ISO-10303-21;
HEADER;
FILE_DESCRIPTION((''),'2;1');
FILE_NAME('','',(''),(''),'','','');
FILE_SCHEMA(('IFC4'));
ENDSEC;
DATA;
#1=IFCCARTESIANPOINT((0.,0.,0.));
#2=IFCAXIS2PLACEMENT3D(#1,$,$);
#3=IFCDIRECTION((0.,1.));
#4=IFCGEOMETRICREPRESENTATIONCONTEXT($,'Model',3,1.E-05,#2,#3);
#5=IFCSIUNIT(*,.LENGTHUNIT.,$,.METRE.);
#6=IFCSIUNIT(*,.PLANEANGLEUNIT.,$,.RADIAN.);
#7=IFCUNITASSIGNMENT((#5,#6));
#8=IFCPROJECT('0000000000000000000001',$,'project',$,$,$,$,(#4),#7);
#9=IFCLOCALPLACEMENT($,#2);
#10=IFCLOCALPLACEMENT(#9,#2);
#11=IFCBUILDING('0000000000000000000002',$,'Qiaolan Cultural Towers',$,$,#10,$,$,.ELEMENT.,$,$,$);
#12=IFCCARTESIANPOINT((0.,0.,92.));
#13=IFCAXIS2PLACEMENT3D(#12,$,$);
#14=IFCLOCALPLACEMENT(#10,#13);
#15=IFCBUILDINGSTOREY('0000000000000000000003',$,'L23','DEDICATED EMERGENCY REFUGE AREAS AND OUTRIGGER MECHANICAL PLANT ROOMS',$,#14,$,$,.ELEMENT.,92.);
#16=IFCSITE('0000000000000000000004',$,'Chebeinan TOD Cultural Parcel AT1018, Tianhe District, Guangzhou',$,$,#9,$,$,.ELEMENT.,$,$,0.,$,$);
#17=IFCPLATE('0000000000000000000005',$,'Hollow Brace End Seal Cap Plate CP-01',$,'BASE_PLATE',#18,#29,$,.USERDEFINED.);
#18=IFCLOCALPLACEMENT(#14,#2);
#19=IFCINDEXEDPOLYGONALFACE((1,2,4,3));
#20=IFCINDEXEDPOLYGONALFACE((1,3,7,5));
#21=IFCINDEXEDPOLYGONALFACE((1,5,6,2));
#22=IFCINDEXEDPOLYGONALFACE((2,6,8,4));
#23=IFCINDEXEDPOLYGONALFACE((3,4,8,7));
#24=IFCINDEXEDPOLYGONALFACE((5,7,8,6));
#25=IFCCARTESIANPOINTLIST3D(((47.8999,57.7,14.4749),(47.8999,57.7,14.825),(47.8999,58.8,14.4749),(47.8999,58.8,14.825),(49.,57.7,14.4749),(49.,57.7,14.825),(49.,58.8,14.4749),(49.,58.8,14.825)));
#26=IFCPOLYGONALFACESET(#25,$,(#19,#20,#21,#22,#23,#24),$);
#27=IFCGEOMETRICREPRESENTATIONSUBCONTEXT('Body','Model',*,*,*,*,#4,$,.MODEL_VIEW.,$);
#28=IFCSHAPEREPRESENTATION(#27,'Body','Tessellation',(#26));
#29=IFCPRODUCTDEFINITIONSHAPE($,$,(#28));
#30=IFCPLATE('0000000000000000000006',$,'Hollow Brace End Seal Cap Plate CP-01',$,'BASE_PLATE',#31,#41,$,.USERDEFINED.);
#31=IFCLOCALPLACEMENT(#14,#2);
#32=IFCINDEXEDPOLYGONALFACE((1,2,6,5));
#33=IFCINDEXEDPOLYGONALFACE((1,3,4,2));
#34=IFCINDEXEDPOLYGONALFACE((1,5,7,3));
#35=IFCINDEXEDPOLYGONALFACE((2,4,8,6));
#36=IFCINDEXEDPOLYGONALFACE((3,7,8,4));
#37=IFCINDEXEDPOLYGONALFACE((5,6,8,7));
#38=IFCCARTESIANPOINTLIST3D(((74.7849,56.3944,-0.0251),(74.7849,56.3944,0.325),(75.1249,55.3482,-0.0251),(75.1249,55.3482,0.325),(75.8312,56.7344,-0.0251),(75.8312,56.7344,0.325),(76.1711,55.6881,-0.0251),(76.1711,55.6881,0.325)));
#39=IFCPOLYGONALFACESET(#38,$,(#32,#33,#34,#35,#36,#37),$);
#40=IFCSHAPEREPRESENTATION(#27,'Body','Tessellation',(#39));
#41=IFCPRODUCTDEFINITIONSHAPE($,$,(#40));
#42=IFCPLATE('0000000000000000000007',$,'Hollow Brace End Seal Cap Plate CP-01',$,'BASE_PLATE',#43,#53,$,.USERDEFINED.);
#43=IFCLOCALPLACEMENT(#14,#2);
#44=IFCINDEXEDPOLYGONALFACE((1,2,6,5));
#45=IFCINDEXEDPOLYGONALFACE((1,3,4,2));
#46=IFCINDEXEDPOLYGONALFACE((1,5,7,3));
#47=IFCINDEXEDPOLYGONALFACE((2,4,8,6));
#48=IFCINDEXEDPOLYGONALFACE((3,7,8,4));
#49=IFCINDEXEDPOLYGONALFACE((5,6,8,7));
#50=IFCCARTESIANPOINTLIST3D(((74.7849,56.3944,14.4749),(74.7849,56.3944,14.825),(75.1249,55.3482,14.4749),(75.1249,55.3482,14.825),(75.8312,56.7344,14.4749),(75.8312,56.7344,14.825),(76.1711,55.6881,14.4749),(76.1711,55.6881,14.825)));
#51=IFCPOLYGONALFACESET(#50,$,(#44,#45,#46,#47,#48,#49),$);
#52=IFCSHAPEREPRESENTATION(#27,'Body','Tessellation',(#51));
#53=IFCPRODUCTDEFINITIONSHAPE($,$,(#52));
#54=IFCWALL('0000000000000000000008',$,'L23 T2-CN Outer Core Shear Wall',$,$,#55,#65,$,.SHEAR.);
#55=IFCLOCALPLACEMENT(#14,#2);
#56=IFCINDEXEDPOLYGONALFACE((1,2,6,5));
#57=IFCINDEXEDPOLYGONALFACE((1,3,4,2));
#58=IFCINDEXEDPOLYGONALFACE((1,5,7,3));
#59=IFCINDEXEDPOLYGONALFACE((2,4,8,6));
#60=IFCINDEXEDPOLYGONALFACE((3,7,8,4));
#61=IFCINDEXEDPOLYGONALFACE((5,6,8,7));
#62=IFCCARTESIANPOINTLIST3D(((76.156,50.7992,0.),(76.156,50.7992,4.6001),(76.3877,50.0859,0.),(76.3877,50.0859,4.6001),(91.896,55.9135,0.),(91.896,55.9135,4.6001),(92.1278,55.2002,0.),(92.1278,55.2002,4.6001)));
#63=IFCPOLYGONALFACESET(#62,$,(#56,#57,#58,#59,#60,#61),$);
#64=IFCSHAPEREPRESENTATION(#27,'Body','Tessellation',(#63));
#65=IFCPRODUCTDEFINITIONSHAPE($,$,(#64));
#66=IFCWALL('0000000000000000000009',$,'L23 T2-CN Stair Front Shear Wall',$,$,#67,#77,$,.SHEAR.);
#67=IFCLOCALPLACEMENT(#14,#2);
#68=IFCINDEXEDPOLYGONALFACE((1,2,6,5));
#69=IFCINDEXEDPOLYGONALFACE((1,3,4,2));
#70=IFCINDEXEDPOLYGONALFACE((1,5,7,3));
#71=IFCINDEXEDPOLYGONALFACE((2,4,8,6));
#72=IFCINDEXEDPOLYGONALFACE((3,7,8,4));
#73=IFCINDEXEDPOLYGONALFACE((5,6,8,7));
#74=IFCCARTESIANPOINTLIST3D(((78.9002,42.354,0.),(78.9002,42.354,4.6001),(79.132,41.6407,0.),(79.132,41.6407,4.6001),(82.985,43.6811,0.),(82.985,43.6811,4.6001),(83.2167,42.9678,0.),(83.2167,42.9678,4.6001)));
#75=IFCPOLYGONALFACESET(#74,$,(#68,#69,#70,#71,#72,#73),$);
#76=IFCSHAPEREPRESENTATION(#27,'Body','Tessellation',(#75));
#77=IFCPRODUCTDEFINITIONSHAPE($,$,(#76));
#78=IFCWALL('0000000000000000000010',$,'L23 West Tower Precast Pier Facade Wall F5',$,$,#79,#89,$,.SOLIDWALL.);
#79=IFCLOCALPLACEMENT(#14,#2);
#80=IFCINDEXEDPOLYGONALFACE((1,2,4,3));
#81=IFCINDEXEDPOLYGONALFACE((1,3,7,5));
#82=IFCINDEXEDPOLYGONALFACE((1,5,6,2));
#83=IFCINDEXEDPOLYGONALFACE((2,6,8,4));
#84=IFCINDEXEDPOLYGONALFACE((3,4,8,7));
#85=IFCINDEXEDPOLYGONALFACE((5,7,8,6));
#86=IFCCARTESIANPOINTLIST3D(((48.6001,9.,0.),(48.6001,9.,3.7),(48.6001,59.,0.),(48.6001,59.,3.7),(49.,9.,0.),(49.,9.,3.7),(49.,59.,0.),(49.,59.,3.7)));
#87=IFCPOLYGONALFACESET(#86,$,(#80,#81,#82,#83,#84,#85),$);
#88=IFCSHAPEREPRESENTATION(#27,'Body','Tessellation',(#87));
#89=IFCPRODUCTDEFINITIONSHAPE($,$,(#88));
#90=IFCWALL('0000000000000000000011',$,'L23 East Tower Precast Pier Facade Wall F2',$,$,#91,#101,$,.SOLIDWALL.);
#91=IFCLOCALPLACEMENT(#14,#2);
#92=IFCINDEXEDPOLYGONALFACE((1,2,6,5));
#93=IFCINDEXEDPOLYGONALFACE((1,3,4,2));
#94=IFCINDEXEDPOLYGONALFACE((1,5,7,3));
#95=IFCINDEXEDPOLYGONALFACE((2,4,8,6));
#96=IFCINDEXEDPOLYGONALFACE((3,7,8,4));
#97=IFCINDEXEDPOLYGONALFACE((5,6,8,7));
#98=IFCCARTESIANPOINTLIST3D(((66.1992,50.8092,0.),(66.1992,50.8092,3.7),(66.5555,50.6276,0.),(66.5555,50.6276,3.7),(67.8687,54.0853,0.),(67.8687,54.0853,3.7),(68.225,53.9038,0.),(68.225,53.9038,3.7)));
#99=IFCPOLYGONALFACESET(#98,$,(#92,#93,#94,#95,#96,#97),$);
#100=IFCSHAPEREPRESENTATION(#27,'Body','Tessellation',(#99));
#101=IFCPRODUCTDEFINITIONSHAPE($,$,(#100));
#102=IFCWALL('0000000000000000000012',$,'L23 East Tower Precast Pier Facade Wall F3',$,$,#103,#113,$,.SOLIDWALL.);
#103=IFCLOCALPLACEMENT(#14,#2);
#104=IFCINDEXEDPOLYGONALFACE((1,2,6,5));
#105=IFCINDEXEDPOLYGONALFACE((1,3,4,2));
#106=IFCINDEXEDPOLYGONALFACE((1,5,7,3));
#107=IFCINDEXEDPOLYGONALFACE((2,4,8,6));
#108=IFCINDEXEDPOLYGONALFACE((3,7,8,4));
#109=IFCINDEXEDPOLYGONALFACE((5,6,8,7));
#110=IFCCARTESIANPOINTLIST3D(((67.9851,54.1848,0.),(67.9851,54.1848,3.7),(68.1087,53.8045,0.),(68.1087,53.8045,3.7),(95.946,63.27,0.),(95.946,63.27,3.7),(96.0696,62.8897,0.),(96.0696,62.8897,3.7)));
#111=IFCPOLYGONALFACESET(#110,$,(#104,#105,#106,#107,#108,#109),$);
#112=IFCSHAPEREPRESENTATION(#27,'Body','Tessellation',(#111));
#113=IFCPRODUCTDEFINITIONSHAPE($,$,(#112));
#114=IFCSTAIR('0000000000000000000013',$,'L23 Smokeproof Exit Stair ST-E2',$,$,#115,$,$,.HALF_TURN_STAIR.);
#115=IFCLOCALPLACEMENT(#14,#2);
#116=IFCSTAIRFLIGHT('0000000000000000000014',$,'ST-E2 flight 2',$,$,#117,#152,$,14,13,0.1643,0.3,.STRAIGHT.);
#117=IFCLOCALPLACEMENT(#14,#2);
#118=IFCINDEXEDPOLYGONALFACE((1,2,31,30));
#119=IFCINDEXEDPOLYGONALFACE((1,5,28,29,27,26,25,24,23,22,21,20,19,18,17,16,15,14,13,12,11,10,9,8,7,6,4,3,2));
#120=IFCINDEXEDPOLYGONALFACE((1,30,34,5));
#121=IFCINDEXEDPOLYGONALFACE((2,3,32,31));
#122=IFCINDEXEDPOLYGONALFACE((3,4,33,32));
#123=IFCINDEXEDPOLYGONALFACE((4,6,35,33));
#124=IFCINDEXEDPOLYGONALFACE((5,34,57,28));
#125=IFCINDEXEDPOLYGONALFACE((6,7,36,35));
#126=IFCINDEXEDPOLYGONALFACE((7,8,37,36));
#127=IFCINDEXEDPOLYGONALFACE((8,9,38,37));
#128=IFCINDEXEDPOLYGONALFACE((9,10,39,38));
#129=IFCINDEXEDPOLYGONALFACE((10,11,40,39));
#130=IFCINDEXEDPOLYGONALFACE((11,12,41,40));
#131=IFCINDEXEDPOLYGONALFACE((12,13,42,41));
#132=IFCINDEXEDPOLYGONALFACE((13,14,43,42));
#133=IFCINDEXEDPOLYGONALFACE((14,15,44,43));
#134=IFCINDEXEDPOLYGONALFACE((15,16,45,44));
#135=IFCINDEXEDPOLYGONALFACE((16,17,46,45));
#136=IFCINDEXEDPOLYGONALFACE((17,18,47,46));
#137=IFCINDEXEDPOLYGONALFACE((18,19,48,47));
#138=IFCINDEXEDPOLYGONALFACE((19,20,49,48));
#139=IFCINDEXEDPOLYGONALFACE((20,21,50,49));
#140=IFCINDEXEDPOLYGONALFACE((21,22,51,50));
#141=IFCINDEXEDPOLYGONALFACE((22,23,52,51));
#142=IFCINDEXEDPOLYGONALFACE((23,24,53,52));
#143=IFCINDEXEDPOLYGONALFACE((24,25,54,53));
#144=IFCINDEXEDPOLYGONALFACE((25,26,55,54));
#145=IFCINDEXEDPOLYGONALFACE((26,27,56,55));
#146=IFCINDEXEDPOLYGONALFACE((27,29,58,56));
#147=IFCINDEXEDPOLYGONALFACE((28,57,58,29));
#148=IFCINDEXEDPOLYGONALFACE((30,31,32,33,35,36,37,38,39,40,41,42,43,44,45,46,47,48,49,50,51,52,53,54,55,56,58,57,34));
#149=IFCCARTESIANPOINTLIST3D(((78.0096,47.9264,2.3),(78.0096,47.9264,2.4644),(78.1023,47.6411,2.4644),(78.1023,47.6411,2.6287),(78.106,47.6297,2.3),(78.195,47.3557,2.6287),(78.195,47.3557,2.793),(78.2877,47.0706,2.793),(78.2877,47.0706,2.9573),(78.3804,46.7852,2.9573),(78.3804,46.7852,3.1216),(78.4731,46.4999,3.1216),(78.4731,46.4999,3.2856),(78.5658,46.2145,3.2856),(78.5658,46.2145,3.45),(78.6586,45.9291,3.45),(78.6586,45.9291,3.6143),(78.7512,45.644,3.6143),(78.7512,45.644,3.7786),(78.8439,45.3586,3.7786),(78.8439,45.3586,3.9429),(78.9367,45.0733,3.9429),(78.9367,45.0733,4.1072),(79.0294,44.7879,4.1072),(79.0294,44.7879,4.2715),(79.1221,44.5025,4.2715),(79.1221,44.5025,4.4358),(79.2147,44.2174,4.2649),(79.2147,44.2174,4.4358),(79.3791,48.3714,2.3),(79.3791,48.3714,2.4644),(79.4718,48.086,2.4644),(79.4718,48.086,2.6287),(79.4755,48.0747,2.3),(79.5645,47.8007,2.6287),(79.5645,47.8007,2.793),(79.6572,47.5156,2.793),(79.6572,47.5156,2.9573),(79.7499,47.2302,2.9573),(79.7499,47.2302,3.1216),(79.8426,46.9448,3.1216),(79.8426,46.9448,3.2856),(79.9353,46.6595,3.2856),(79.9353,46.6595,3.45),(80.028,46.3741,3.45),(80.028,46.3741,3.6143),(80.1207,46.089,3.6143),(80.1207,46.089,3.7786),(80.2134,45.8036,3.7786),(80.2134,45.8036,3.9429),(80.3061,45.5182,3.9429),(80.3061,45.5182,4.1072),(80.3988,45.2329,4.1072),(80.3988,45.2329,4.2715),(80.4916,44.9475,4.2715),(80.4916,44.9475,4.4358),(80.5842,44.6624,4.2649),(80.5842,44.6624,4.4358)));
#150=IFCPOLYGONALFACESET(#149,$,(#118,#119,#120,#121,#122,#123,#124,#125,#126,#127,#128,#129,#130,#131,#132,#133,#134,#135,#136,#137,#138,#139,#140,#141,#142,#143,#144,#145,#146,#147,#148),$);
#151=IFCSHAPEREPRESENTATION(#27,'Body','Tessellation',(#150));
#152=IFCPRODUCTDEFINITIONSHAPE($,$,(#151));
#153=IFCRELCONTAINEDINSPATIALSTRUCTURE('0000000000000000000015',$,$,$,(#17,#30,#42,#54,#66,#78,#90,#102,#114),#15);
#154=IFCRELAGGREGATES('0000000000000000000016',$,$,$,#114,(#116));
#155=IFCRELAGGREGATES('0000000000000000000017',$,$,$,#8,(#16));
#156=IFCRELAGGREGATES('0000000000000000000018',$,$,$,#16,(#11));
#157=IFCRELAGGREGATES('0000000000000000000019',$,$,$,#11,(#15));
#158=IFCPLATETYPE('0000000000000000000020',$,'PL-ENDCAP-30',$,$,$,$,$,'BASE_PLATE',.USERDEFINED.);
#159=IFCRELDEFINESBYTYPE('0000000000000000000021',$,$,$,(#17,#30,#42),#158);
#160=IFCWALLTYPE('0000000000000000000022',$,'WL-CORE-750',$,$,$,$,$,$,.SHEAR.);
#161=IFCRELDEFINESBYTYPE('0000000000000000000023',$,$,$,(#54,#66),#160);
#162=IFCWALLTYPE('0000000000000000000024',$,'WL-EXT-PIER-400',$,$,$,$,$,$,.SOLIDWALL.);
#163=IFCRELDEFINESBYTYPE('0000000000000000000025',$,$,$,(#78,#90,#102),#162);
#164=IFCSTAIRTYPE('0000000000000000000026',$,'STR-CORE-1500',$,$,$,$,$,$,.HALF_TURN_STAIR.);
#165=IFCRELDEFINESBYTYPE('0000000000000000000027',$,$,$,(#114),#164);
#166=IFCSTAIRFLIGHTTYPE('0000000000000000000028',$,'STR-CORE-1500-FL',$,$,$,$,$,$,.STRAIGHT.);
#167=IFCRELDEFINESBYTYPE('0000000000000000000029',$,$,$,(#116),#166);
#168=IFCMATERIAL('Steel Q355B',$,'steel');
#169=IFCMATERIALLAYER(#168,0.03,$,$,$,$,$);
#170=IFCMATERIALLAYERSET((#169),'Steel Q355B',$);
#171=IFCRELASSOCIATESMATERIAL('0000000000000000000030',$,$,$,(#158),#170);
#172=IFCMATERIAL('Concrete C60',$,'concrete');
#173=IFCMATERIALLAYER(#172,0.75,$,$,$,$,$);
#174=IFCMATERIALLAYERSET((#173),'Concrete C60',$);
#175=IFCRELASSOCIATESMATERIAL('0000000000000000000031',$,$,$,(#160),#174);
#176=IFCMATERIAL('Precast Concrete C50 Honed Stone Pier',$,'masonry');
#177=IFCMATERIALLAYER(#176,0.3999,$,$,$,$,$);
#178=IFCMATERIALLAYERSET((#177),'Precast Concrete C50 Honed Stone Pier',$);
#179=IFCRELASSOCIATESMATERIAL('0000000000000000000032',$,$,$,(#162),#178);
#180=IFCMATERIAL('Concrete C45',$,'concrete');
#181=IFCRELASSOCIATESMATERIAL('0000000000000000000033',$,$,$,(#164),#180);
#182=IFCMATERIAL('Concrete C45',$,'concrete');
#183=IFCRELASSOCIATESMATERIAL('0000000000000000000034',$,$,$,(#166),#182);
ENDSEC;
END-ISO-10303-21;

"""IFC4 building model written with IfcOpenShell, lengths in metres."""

from ifc_helpers import new_model, si_unit, direction, frame, frame_2d, origin, origin_2d, place, context, subcontext, project, spatial, polyline, rectangle, outline, extrude, material, layer, layer_set, type_object, element, aggregate, save


model = new_model("IFC4")

# Units and contexts
model_context = context("Model", 3, precision=1e-05, world=origin(), true_north=direction((0.0, 1.0)))
body_context = subcontext(model_context, "Body", "Model", "MODEL_VIEW")
ifc_project = project(units=[si_unit("LENGTHUNIT", "METRE"), si_unit("PLANEANGLEUNIT", "RADIAN")], contexts=[model_context])

# Site, building, storey
site_placement = place(None, origin())
site = spatial("IfcSite", under=ifc_project, at=site_placement, Name="Chebeinan TOD Cultural Parcel AT1018, Tianhe District, Guangzhou", CompositionType="ELEMENT", RefElevation=0.0)
building_placement = place(site_placement, origin())
building = spatial("IfcBuilding", under=site, at=building_placement, Name="Qiaolan Cultural Towers", CompositionType="ELEMENT")
storey_placement = place(building_placement, frame((0.0, 0.0, 92.0)))
storey = spatial("IfcBuildingStorey", under=building, at=storey_placement, Name="L23", Description="DEDICATED EMERGENCY REFUGE AREAS AND OUTRIGGER MECHANICAL PLANT ROOMS", CompositionType="ELEMENT", Elevation=92.0)

# Plates
ifc_material_1 = material(Name="Steel Q355B", Category="steel")
ifc_layer_1 = layer(ifc_material_1, 0.03)
ifc_layer_set_1 = layer_set([ifc_layer_1], Name="Steel Q355B")
plate_type_1 = type_object("IfcPlateType", Name="PL-ENDCAP-30", ElementType="BASE_PLATE", PredefinedType="USERDEFINED", material=ifc_layer_set_1)
for number, where, z_axis, x_axis, name in (
    (1, (48.45, 58.25, 14.4749), (0.0, 0.0, 1.0), (0.0, 1.0, 0.0), "Hollow Brace End Seal Cap Plate CP-01"),
    (2, (75.478, 56.0413, -0.0251), (0.0, 0.0, 1.0), (0.951057, 0.309017, 0.0), "Hollow Brace End Seal Cap Plate CP-01"),
    (3, (75.478, 56.0413, 14.4749), (0.0, 0.0, 1.0), (0.951057, 0.309017, 0.0), "Hollow Brace End Seal Cap Plate CP-01"),
):
    element("IfcPlate", number, at=place(storey_placement, frame(where, z_axis=z_axis, x_axis=x_axis)), inside=storey, type_object=plate_type_1, Name=name, ObjectType="BASE_PLATE", PredefinedType="USERDEFINED", context=body_context, shape_type="SweptSolid", body=[
        extrude(rectangle(XDim=1.1001, YDim=1.1001, at=origin_2d()), origin(), (0.0, 0.0, 1.0), 0.3501),
    ])

# Walls
ifc_material_2 = material(Name="Concrete C60", Category="concrete")
ifc_layer_2 = layer(ifc_material_2, 0.75)
ifc_layer_set_2 = layer_set([ifc_layer_2], Name="Concrete C60")
wall_type_1 = type_object("IfcWallType", Name="WL-CORE-750", PredefinedType="SHEAR", material=ifc_layer_set_2)
wall_1_placement = place(storey_placement, frame((76.272, 50.4426, 0.0), z_axis=(0.0, 0.0, 1.0), x_axis=(0.951056, 0.309018, 0.0)))
element("IfcWall", 4, at=wall_1_placement, inside=storey, type_object=wall_type_1, Name="L23 T2-CN Outer Core Shear Wall", PredefinedType="SHEAR", context=body_context, shape_type="SweptSolid", body=[
    extrude(rectangle(XDim=16.55, YDim=0.75, at=frame_2d((8.2749, 0.0))), origin(), (0.0, 0.0, 1.0), 4.6001),
])
wall_2_placement = place(storey_placement, frame((79.0161, 41.9973, 0.0), z_axis=(0.0, 0.0, 1.0), x_axis=(0.95106, 0.309005, 0.0)))
element("IfcWall", 5, at=wall_2_placement, inside=storey, type_object=wall_type_1, Name="L23 T2-CN Stair Front Shear Wall", PredefinedType="SHEAR", context=body_context, shape_type="SweptSolid", body=[
    extrude(rectangle(XDim=4.2949, YDim=0.75, at=frame_2d((2.1475, 0.0))), origin(), (0.0, 0.0, 1.0), 4.6001),
])
ifc_material_3 = material(Name="Precast Concrete C50 Honed Stone Pier", Category="masonry")
ifc_layer_3 = layer(ifc_material_3, 0.3999)
ifc_layer_set_3 = layer_set([ifc_layer_3], Name="Precast Concrete C50 Honed Stone Pier")
wall_type_2 = type_object("IfcWallType", Name="WL-EXT-PIER-400", PredefinedType="SOLIDWALL", material=ifc_layer_set_3)
wall_3_placement = place(storey_placement, frame((48.8, 59.0, 0.0), z_axis=(0.0, 0.0, 1.0), x_axis=(0.0, -1.0, 0.0)))
element("IfcWall", 6, at=wall_3_placement, inside=storey, type_object=wall_type_2, Name="L23 West Tower Precast Pier Facade Wall F5", PredefinedType="SOLIDWALL", context=body_context, shape_type="SweptSolid", body=[
    extrude(rectangle(XDim=50.0, YDim=0.3999, at=frame_2d((25.0, 0.0))), origin(), (0.0, 0.0, 1.0), 3.7),
])
wall_4_placement = place(storey_placement, frame((66.3774, 50.7185, 0.0), z_axis=(0.0, 0.0, 1.0), x_axis=(0.454026, 0.890988, 0.0)))
element("IfcWall", 7, at=wall_4_placement, inside=storey, type_object=wall_type_2, Name="L23 East Tower Precast Pier Facade Wall F2", PredefinedType="SOLIDWALL", context=body_context, shape_type="SweptSolid", body=[
    extrude(rectangle(XDim=3.677, YDim=0.3999, at=frame_2d((1.8384, 0.0))), origin(), (0.0, 0.0, 1.0), 3.7),
])
wall_5_placement = place(storey_placement, frame((68.0469, 53.9946, 0.0), z_axis=(0.0, 0.0, 1.0), x_axis=(0.951055, 0.309021, 0.0)))
element("IfcWall", 8, at=wall_5_placement, inside=storey, type_object=wall_type_2, Name="L23 East Tower Precast Pier Facade Wall F3", PredefinedType="SOLIDWALL", context=body_context, shape_type="SweptSolid", body=[
    extrude(rectangle(XDim=29.3999, YDim=0.3999, at=frame_2d((14.7, 0.0))), origin(), (0.0, 0.0, 1.0), 3.7),
])

# Stair, stair flight
ifc_material_4 = material(Name="Concrete C45", Category="concrete")
stair_type = type_object("IfcStairType", Name="STR-CORE-1500", PredefinedType="HALF_TURN_STAIR", material=ifc_material_4)
stair_placement = place(storey_placement, origin())
stair = element("IfcStair", 9, at=stair_placement, inside=storey, type_object=stair_type, Name="L23 Smokeproof Exit Stair ST-E2", PredefinedType="HALF_TURN_STAIR")
ifc_material_5 = material(Name="Concrete C45", Category="concrete")
stair_flight_type = type_object("IfcStairFlightType", Name="STR-CORE-1500-FL", PredefinedType="STRAIGHT", material=ifc_material_5)
stair_flight_placement = place(storey_placement, frame((78.6943, 48.1489, 2.3), z_axis=(0.0, 0.0, 1.0), x_axis=(0.309017, -0.951057, 0.0)))
stair_flight = element("IfcStairFlight", 10, at=stair_flight_placement, type_object=stair_flight_type, Name="ST-E2 flight 2", NumberOfRisers=14, NumberOfTreads=13, PredefinedType="STRAIGHT", RiserHeight=0.1643, TreadLength=0.3, context=body_context, shape_type="SweptSolid", body=[
    extrude(outline(polyline([(0.0, 0.0), (0.0, 0.1643), (0.3, 0.1643), (0.3, 0.3286), (0.6001, 0.3286), (0.6001, 0.4929), (0.8999, 0.4929), (0.8999, 0.6572), (1.2, 0.6572), (1.2, 0.8215), (1.5, 0.8215), (1.5, 0.9856), (1.8, 0.9856), (1.8, 1.1499), (2.1001, 1.1499), (2.1001, 1.3142), (2.3999, 1.3142), (2.3999, 1.4785), (2.7, 1.4785), (2.7, 1.6428), (3.0, 1.6428), (3.0, 1.8071), (3.3, 1.8071), (3.3, 1.9714), (3.6001, 1.9714), (3.6001, 2.1357), (3.8999, 2.1357), (3.8999, 2.3), (3.8999, 1.9648), (0.312, 0.0), (0.0, 0.0)])), frame((0.0, 0.72, 0.0), z_axis=(0.0, -1.0, 0.0), x_axis=(1.0, 0.0, 0.0)), (0.0, 0.0, 1.0), 1.4399),
])
aggregate(stair, [stair_flight])

save(model, "model.ifc")
